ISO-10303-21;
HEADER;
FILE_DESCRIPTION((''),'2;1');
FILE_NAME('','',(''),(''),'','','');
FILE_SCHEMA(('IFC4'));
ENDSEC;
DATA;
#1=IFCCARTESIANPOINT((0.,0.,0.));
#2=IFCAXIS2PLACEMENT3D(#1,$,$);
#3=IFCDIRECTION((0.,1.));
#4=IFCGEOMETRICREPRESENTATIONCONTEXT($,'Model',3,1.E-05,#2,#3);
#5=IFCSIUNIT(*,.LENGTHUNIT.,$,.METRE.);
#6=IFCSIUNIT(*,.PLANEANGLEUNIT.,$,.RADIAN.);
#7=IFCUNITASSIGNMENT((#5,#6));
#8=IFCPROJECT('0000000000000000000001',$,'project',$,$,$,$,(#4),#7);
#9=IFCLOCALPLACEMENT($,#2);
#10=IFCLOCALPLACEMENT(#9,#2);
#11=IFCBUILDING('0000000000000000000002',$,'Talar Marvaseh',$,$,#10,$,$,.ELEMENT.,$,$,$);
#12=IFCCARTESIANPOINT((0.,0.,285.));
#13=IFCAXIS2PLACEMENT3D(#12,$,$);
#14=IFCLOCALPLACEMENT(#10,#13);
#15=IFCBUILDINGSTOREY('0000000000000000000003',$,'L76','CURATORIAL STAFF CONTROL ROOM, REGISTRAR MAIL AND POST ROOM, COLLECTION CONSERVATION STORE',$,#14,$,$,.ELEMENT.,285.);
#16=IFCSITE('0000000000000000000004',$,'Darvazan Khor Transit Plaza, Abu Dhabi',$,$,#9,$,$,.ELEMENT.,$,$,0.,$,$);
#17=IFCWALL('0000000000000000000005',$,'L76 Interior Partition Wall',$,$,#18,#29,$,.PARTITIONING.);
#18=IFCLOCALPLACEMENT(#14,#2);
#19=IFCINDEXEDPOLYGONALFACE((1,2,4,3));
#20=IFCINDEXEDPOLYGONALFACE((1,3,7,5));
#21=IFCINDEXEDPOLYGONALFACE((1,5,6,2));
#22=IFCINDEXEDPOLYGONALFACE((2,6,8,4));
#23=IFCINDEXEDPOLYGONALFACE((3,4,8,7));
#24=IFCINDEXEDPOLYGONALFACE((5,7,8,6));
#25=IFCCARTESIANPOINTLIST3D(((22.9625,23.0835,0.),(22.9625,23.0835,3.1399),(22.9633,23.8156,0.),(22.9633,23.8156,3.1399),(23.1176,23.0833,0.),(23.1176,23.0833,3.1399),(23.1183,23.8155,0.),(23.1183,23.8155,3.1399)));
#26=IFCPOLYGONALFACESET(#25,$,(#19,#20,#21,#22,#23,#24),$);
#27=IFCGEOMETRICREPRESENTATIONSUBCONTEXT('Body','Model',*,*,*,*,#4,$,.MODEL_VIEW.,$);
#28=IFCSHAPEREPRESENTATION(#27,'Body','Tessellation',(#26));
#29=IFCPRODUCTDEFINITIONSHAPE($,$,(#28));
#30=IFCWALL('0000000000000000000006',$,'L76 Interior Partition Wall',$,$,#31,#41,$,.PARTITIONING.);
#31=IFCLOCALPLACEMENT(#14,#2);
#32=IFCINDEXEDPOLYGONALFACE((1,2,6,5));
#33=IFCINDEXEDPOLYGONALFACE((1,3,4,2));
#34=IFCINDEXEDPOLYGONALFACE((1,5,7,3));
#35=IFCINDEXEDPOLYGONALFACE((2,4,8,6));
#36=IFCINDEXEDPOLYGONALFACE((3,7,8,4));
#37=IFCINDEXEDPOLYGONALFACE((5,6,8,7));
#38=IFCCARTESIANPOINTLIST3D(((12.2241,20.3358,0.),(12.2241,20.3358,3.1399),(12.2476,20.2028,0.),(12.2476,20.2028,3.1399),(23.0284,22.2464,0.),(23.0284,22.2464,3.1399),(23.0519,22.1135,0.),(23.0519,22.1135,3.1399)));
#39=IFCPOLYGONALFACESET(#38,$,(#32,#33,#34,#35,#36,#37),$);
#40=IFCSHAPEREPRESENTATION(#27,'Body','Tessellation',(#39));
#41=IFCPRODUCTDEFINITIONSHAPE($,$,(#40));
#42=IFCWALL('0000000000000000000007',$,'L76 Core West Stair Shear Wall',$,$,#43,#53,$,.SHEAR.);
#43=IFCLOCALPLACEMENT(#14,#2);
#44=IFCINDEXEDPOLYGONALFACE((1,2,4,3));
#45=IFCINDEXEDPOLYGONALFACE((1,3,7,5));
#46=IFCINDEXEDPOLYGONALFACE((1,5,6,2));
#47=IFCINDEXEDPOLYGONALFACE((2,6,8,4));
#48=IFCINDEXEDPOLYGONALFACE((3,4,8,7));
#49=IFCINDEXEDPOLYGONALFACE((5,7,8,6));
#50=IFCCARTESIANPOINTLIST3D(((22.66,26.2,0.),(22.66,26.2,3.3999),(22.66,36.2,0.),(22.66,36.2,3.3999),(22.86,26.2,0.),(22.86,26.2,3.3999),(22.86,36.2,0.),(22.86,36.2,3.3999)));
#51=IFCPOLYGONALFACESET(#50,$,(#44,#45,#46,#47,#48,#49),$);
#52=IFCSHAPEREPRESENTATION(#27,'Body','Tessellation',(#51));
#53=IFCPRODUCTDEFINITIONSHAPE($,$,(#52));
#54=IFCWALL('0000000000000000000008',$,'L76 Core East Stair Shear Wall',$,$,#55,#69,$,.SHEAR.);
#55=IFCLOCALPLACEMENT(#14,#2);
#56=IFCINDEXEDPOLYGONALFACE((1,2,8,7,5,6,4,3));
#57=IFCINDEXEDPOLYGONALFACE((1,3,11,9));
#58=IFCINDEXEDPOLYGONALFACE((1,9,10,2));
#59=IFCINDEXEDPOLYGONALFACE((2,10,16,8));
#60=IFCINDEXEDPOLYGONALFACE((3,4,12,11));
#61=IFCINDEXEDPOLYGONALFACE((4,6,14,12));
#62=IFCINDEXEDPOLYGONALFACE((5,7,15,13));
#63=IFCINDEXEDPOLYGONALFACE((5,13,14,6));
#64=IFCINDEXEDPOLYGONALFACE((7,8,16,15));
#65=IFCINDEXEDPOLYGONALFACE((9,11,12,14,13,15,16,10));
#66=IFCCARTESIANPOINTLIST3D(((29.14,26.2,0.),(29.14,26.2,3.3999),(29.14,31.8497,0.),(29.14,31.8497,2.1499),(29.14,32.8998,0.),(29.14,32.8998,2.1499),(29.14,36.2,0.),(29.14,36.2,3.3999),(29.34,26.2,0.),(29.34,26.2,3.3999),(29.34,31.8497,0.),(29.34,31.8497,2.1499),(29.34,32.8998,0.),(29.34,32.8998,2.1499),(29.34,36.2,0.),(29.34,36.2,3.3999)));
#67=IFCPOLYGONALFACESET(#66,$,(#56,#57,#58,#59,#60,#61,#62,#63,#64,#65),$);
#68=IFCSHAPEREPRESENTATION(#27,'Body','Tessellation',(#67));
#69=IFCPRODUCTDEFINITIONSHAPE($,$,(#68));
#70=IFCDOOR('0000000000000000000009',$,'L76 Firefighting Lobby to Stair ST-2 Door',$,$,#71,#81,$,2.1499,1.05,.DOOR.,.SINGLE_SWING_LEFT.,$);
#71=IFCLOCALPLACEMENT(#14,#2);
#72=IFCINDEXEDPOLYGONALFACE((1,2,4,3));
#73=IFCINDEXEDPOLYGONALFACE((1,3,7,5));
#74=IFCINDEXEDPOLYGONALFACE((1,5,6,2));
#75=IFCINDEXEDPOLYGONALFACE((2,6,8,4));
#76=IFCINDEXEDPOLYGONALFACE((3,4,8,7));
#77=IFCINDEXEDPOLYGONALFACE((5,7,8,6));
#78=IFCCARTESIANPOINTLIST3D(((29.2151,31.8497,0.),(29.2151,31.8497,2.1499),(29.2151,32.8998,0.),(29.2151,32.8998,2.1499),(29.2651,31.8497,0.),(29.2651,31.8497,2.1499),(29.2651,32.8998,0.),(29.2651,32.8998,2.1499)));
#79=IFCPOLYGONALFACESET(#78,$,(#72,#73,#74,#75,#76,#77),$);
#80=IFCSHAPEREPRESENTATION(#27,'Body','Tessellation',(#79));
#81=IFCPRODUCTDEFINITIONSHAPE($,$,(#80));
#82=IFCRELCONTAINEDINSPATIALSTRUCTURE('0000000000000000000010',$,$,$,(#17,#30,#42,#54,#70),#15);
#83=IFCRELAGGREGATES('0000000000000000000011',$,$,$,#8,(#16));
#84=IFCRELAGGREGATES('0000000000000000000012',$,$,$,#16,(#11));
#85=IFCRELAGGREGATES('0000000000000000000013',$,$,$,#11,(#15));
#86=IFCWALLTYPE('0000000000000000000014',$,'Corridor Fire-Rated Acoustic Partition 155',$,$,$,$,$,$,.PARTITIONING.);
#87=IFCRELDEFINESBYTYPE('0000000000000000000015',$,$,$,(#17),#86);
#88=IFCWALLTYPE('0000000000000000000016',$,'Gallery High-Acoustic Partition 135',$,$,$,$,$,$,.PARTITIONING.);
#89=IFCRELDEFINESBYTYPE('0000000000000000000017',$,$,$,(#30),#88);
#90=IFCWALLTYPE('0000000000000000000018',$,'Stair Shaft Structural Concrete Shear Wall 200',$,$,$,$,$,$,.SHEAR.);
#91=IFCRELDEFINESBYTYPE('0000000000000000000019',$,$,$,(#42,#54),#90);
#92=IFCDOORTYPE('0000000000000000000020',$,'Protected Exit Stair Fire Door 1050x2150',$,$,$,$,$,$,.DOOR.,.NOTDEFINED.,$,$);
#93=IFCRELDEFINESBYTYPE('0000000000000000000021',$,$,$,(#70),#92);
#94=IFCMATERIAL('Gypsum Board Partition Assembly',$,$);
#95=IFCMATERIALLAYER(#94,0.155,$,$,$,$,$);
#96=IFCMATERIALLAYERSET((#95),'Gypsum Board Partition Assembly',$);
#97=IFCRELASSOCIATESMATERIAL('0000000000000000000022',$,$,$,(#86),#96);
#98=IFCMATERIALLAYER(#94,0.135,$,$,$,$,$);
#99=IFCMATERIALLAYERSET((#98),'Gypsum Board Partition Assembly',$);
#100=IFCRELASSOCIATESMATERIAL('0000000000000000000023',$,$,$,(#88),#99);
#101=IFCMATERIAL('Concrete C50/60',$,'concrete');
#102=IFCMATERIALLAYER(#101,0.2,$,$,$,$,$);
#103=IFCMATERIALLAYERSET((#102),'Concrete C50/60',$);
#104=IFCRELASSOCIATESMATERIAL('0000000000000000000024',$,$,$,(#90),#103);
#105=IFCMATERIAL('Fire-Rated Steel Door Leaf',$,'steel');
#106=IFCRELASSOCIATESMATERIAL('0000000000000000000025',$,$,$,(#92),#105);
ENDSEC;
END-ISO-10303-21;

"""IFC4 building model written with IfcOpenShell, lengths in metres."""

from ifc_helpers import new_model, si_unit, direction, frame, frame_2d, origin, place, context, subcontext, project, spatial, rectangle, extrude, source, transform, mapped, material, layer, layer_set, type_object, type_shapes, element, fill, save


model = new_model("IFC4")

# Units and contexts
model_context = context("Model", 3, precision=1e-05, world=origin(), true_north=direction((0.0, 1.0)))
body_context = subcontext(model_context, "Body", "Model", "MODEL_VIEW")
ifc_project = project(units=[si_unit("LENGTHUNIT", "METRE"), si_unit("PLANEANGLEUNIT", "RADIAN")], contexts=[model_context])

# Site, building, storey
site_placement = place(None, origin())
site = spatial("IfcSite", under=ifc_project, at=site_placement, Name="Darvazan Khor Transit Plaza, Abu Dhabi", CompositionType="ELEMENT", RefElevation=0.0)
building_placement = place(site_placement, origin())
building = spatial("IfcBuilding", under=site, at=building_placement, Name="Talar Marvaseh", CompositionType="ELEMENT")
storey_placement = place(building_placement, frame((0.0, 0.0, 285.0)))
storey = spatial("IfcBuildingStorey", under=building, at=storey_placement, Name="L76", Description="CURATORIAL STAFF CONTROL ROOM, REGISTRAR MAIL AND POST ROOM, COLLECTION CONSERVATION STORE", CompositionType="ELEMENT", Elevation=285.0)

# Shared definitions
ifc_material_1 = material(Name="Concrete C50/60", Category="concrete")

# Shared definitions
ifc_material_2 = material(Name="Gypsum Board Partition Assembly")
ifc_layer_1 = layer(ifc_material_2, 0.155)
ifc_layer_set_1 = layer_set([ifc_layer_1], Name="Gypsum Board Partition Assembly")
wall_type_1 = type_object("IfcWallType", Name="Corridor Fire-Rated Acoustic Partition 155", PredefinedType="PARTITIONING", material=ifc_layer_set_1)
ifc_material_3 = material(Name="Fire-Rated Steel Door Leaf", Category="steel")

# Walls
wall_1_placement = place(storey_placement, frame((23.0408, 23.8157, 0.0), z_axis=(0.0, 0.0, 1.0), x_axis=(-0.001, -0.999999, 0.0)))
element("IfcWall", 1, at=wall_1_placement, inside=storey, type_object=wall_type_1, Name="L76 Interior Partition Wall", PredefinedType="PARTITIONING", context=body_context, shape_type="SweptSolid", body=[
    extrude(rectangle(XDim=0.7322, YDim=0.155, at=frame_2d((0.3662, 0.0))), origin(), (0.0, 0.0, 1.0), 3.1399),
])
ifc_layer_2 = layer(ifc_material_2, 0.135)
ifc_layer_set_2 = layer_set([ifc_layer_2], Name="Gypsum Board Partition Assembly")
wall_type_2 = type_object("IfcWallType", Name="Gallery High-Acoustic Partition 135", PredefinedType="PARTITIONING", material=ifc_layer_set_2)
wall_2_placement = place(storey_placement, frame((23.04, 22.1799, 0.0), z_axis=(0.0, 0.0, 1.0), x_axis=(-0.984721, -0.174141, 0.0)))
element("IfcWall", 2, at=wall_2_placement, inside=storey, type_object=wall_type_2, Name="L76 Interior Partition Wall", PredefinedType="PARTITIONING", context=body_context, shape_type="SweptSolid", body=[
    extrude(rectangle(XDim=10.9719, YDim=0.135, at=frame_2d((5.4858, 0.0))), origin(), (0.0, 0.0, 1.0), 3.1399),
])
ifc_layer_3 = layer(ifc_material_1, 0.2)
ifc_layer_set_3 = layer_set([ifc_layer_3], Name="Concrete C50/60")
wall_type_3 = type_object("IfcWallType", Name="Stair Shaft Structural Concrete Shear Wall 200", PredefinedType="SHEAR", material=ifc_layer_set_3)
wall_3_placement = place(storey_placement, frame((22.76, 26.2, 0.0), z_axis=(0.0, 0.0, 1.0), x_axis=(0.0, 1.0, 0.0)))
element("IfcWall", 3, at=wall_3_placement, inside=storey, type_object=wall_type_3, Name="L76 Core West Stair Shear Wall", PredefinedType="SHEAR", context=body_context, shape_type="SweptSolid", body=[
    extrude(rectangle(XDim=10.0, YDim=0.2, at=frame_2d((5.0, 0.0))), origin(), (0.0, 0.0, 1.0), 3.3999),
])

# Wall, opening, door
wall_4_placement = place(storey_placement, frame((29.24, 26.2, 0.0), z_axis=(0.0, 0.0, 1.0), x_axis=(0.0, 1.0, 0.0)))
wall_4 = element("IfcWall", 4, at=wall_4_placement, inside=storey, type_object=wall_type_3, Name="L76 Core East Stair Shear Wall", PredefinedType="SHEAR", context=body_context, shape_type="SweptSolid", body=[
    extrude(rectangle(XDim=10.0, YDim=0.2, at=frame_2d((5.0, 0.0))), origin(), (0.0, 0.0, 1.0), 3.3999),
])
opening_1_placement = place(wall_4_placement, frame((5.6499, 0.0, 0.0)))
opening_1 = element("IfcOpeningElement", 5, at=opening_1_placement, cuts=wall_4, PredefinedType="OPENING", context=body_context, shape_type="SweptSolid", body=[
    extrude(rectangle(XDim=1.05, YDim=2.1499, at=frame_2d((0.5249, 1.075))), frame((0.0, 0.1099, 0.0), z_axis=(0.0, -1.0, 0.0), x_axis=(1.0, 0.0, 0.0)), (0.0, 0.0, 1.0), 0.22),
])
door_type_1 = type_object("IfcDoorType", Name="Protected Exit Stair Fire Door 1050x2150", OperationType="NOTDEFINED", PredefinedType="DOOR", material=ifc_material_3)
shared_shape_1 = source(origin(), body_context, "Body", "SweptSolid", [
    extrude(rectangle(XDim=1.05, YDim=2.1499, at=frame_2d((0.5249, 1.075))), frame((0.0, 0.0249, 0.0), z_axis=(0.0, -1.0, 0.0), x_axis=(1.0, 0.0, 0.0)), (0.0, 0.0, 1.0), 0.05),
])
type_shapes(door_type_1, [shared_shape_1])
door_1_placement = place(opening_1_placement, origin())
door_1 = element("IfcDoor", 6, at=door_1_placement, inside=storey, type_object=door_type_1, Name="L76 Firefighting Lobby to Stair ST-2 Door", OperationType="SINGLE_SWING_LEFT", OverallHeight=2.1499, OverallWidth=1.05, PredefinedType="DOOR", context=body_context, shape_type="MappedRepresentation", body=[
    mapped(shared_shape_1, transform((0.0, 0.0, 0.0), x_axis=(1.0, 0.0, 0.0), y_axis=(0.0, 1.0, 0.0), z_axis=(0.0, 0.0, 1.0), scale=1.0)),
])
fill(opening_1, door_1)

save(model, "model.ifc")
